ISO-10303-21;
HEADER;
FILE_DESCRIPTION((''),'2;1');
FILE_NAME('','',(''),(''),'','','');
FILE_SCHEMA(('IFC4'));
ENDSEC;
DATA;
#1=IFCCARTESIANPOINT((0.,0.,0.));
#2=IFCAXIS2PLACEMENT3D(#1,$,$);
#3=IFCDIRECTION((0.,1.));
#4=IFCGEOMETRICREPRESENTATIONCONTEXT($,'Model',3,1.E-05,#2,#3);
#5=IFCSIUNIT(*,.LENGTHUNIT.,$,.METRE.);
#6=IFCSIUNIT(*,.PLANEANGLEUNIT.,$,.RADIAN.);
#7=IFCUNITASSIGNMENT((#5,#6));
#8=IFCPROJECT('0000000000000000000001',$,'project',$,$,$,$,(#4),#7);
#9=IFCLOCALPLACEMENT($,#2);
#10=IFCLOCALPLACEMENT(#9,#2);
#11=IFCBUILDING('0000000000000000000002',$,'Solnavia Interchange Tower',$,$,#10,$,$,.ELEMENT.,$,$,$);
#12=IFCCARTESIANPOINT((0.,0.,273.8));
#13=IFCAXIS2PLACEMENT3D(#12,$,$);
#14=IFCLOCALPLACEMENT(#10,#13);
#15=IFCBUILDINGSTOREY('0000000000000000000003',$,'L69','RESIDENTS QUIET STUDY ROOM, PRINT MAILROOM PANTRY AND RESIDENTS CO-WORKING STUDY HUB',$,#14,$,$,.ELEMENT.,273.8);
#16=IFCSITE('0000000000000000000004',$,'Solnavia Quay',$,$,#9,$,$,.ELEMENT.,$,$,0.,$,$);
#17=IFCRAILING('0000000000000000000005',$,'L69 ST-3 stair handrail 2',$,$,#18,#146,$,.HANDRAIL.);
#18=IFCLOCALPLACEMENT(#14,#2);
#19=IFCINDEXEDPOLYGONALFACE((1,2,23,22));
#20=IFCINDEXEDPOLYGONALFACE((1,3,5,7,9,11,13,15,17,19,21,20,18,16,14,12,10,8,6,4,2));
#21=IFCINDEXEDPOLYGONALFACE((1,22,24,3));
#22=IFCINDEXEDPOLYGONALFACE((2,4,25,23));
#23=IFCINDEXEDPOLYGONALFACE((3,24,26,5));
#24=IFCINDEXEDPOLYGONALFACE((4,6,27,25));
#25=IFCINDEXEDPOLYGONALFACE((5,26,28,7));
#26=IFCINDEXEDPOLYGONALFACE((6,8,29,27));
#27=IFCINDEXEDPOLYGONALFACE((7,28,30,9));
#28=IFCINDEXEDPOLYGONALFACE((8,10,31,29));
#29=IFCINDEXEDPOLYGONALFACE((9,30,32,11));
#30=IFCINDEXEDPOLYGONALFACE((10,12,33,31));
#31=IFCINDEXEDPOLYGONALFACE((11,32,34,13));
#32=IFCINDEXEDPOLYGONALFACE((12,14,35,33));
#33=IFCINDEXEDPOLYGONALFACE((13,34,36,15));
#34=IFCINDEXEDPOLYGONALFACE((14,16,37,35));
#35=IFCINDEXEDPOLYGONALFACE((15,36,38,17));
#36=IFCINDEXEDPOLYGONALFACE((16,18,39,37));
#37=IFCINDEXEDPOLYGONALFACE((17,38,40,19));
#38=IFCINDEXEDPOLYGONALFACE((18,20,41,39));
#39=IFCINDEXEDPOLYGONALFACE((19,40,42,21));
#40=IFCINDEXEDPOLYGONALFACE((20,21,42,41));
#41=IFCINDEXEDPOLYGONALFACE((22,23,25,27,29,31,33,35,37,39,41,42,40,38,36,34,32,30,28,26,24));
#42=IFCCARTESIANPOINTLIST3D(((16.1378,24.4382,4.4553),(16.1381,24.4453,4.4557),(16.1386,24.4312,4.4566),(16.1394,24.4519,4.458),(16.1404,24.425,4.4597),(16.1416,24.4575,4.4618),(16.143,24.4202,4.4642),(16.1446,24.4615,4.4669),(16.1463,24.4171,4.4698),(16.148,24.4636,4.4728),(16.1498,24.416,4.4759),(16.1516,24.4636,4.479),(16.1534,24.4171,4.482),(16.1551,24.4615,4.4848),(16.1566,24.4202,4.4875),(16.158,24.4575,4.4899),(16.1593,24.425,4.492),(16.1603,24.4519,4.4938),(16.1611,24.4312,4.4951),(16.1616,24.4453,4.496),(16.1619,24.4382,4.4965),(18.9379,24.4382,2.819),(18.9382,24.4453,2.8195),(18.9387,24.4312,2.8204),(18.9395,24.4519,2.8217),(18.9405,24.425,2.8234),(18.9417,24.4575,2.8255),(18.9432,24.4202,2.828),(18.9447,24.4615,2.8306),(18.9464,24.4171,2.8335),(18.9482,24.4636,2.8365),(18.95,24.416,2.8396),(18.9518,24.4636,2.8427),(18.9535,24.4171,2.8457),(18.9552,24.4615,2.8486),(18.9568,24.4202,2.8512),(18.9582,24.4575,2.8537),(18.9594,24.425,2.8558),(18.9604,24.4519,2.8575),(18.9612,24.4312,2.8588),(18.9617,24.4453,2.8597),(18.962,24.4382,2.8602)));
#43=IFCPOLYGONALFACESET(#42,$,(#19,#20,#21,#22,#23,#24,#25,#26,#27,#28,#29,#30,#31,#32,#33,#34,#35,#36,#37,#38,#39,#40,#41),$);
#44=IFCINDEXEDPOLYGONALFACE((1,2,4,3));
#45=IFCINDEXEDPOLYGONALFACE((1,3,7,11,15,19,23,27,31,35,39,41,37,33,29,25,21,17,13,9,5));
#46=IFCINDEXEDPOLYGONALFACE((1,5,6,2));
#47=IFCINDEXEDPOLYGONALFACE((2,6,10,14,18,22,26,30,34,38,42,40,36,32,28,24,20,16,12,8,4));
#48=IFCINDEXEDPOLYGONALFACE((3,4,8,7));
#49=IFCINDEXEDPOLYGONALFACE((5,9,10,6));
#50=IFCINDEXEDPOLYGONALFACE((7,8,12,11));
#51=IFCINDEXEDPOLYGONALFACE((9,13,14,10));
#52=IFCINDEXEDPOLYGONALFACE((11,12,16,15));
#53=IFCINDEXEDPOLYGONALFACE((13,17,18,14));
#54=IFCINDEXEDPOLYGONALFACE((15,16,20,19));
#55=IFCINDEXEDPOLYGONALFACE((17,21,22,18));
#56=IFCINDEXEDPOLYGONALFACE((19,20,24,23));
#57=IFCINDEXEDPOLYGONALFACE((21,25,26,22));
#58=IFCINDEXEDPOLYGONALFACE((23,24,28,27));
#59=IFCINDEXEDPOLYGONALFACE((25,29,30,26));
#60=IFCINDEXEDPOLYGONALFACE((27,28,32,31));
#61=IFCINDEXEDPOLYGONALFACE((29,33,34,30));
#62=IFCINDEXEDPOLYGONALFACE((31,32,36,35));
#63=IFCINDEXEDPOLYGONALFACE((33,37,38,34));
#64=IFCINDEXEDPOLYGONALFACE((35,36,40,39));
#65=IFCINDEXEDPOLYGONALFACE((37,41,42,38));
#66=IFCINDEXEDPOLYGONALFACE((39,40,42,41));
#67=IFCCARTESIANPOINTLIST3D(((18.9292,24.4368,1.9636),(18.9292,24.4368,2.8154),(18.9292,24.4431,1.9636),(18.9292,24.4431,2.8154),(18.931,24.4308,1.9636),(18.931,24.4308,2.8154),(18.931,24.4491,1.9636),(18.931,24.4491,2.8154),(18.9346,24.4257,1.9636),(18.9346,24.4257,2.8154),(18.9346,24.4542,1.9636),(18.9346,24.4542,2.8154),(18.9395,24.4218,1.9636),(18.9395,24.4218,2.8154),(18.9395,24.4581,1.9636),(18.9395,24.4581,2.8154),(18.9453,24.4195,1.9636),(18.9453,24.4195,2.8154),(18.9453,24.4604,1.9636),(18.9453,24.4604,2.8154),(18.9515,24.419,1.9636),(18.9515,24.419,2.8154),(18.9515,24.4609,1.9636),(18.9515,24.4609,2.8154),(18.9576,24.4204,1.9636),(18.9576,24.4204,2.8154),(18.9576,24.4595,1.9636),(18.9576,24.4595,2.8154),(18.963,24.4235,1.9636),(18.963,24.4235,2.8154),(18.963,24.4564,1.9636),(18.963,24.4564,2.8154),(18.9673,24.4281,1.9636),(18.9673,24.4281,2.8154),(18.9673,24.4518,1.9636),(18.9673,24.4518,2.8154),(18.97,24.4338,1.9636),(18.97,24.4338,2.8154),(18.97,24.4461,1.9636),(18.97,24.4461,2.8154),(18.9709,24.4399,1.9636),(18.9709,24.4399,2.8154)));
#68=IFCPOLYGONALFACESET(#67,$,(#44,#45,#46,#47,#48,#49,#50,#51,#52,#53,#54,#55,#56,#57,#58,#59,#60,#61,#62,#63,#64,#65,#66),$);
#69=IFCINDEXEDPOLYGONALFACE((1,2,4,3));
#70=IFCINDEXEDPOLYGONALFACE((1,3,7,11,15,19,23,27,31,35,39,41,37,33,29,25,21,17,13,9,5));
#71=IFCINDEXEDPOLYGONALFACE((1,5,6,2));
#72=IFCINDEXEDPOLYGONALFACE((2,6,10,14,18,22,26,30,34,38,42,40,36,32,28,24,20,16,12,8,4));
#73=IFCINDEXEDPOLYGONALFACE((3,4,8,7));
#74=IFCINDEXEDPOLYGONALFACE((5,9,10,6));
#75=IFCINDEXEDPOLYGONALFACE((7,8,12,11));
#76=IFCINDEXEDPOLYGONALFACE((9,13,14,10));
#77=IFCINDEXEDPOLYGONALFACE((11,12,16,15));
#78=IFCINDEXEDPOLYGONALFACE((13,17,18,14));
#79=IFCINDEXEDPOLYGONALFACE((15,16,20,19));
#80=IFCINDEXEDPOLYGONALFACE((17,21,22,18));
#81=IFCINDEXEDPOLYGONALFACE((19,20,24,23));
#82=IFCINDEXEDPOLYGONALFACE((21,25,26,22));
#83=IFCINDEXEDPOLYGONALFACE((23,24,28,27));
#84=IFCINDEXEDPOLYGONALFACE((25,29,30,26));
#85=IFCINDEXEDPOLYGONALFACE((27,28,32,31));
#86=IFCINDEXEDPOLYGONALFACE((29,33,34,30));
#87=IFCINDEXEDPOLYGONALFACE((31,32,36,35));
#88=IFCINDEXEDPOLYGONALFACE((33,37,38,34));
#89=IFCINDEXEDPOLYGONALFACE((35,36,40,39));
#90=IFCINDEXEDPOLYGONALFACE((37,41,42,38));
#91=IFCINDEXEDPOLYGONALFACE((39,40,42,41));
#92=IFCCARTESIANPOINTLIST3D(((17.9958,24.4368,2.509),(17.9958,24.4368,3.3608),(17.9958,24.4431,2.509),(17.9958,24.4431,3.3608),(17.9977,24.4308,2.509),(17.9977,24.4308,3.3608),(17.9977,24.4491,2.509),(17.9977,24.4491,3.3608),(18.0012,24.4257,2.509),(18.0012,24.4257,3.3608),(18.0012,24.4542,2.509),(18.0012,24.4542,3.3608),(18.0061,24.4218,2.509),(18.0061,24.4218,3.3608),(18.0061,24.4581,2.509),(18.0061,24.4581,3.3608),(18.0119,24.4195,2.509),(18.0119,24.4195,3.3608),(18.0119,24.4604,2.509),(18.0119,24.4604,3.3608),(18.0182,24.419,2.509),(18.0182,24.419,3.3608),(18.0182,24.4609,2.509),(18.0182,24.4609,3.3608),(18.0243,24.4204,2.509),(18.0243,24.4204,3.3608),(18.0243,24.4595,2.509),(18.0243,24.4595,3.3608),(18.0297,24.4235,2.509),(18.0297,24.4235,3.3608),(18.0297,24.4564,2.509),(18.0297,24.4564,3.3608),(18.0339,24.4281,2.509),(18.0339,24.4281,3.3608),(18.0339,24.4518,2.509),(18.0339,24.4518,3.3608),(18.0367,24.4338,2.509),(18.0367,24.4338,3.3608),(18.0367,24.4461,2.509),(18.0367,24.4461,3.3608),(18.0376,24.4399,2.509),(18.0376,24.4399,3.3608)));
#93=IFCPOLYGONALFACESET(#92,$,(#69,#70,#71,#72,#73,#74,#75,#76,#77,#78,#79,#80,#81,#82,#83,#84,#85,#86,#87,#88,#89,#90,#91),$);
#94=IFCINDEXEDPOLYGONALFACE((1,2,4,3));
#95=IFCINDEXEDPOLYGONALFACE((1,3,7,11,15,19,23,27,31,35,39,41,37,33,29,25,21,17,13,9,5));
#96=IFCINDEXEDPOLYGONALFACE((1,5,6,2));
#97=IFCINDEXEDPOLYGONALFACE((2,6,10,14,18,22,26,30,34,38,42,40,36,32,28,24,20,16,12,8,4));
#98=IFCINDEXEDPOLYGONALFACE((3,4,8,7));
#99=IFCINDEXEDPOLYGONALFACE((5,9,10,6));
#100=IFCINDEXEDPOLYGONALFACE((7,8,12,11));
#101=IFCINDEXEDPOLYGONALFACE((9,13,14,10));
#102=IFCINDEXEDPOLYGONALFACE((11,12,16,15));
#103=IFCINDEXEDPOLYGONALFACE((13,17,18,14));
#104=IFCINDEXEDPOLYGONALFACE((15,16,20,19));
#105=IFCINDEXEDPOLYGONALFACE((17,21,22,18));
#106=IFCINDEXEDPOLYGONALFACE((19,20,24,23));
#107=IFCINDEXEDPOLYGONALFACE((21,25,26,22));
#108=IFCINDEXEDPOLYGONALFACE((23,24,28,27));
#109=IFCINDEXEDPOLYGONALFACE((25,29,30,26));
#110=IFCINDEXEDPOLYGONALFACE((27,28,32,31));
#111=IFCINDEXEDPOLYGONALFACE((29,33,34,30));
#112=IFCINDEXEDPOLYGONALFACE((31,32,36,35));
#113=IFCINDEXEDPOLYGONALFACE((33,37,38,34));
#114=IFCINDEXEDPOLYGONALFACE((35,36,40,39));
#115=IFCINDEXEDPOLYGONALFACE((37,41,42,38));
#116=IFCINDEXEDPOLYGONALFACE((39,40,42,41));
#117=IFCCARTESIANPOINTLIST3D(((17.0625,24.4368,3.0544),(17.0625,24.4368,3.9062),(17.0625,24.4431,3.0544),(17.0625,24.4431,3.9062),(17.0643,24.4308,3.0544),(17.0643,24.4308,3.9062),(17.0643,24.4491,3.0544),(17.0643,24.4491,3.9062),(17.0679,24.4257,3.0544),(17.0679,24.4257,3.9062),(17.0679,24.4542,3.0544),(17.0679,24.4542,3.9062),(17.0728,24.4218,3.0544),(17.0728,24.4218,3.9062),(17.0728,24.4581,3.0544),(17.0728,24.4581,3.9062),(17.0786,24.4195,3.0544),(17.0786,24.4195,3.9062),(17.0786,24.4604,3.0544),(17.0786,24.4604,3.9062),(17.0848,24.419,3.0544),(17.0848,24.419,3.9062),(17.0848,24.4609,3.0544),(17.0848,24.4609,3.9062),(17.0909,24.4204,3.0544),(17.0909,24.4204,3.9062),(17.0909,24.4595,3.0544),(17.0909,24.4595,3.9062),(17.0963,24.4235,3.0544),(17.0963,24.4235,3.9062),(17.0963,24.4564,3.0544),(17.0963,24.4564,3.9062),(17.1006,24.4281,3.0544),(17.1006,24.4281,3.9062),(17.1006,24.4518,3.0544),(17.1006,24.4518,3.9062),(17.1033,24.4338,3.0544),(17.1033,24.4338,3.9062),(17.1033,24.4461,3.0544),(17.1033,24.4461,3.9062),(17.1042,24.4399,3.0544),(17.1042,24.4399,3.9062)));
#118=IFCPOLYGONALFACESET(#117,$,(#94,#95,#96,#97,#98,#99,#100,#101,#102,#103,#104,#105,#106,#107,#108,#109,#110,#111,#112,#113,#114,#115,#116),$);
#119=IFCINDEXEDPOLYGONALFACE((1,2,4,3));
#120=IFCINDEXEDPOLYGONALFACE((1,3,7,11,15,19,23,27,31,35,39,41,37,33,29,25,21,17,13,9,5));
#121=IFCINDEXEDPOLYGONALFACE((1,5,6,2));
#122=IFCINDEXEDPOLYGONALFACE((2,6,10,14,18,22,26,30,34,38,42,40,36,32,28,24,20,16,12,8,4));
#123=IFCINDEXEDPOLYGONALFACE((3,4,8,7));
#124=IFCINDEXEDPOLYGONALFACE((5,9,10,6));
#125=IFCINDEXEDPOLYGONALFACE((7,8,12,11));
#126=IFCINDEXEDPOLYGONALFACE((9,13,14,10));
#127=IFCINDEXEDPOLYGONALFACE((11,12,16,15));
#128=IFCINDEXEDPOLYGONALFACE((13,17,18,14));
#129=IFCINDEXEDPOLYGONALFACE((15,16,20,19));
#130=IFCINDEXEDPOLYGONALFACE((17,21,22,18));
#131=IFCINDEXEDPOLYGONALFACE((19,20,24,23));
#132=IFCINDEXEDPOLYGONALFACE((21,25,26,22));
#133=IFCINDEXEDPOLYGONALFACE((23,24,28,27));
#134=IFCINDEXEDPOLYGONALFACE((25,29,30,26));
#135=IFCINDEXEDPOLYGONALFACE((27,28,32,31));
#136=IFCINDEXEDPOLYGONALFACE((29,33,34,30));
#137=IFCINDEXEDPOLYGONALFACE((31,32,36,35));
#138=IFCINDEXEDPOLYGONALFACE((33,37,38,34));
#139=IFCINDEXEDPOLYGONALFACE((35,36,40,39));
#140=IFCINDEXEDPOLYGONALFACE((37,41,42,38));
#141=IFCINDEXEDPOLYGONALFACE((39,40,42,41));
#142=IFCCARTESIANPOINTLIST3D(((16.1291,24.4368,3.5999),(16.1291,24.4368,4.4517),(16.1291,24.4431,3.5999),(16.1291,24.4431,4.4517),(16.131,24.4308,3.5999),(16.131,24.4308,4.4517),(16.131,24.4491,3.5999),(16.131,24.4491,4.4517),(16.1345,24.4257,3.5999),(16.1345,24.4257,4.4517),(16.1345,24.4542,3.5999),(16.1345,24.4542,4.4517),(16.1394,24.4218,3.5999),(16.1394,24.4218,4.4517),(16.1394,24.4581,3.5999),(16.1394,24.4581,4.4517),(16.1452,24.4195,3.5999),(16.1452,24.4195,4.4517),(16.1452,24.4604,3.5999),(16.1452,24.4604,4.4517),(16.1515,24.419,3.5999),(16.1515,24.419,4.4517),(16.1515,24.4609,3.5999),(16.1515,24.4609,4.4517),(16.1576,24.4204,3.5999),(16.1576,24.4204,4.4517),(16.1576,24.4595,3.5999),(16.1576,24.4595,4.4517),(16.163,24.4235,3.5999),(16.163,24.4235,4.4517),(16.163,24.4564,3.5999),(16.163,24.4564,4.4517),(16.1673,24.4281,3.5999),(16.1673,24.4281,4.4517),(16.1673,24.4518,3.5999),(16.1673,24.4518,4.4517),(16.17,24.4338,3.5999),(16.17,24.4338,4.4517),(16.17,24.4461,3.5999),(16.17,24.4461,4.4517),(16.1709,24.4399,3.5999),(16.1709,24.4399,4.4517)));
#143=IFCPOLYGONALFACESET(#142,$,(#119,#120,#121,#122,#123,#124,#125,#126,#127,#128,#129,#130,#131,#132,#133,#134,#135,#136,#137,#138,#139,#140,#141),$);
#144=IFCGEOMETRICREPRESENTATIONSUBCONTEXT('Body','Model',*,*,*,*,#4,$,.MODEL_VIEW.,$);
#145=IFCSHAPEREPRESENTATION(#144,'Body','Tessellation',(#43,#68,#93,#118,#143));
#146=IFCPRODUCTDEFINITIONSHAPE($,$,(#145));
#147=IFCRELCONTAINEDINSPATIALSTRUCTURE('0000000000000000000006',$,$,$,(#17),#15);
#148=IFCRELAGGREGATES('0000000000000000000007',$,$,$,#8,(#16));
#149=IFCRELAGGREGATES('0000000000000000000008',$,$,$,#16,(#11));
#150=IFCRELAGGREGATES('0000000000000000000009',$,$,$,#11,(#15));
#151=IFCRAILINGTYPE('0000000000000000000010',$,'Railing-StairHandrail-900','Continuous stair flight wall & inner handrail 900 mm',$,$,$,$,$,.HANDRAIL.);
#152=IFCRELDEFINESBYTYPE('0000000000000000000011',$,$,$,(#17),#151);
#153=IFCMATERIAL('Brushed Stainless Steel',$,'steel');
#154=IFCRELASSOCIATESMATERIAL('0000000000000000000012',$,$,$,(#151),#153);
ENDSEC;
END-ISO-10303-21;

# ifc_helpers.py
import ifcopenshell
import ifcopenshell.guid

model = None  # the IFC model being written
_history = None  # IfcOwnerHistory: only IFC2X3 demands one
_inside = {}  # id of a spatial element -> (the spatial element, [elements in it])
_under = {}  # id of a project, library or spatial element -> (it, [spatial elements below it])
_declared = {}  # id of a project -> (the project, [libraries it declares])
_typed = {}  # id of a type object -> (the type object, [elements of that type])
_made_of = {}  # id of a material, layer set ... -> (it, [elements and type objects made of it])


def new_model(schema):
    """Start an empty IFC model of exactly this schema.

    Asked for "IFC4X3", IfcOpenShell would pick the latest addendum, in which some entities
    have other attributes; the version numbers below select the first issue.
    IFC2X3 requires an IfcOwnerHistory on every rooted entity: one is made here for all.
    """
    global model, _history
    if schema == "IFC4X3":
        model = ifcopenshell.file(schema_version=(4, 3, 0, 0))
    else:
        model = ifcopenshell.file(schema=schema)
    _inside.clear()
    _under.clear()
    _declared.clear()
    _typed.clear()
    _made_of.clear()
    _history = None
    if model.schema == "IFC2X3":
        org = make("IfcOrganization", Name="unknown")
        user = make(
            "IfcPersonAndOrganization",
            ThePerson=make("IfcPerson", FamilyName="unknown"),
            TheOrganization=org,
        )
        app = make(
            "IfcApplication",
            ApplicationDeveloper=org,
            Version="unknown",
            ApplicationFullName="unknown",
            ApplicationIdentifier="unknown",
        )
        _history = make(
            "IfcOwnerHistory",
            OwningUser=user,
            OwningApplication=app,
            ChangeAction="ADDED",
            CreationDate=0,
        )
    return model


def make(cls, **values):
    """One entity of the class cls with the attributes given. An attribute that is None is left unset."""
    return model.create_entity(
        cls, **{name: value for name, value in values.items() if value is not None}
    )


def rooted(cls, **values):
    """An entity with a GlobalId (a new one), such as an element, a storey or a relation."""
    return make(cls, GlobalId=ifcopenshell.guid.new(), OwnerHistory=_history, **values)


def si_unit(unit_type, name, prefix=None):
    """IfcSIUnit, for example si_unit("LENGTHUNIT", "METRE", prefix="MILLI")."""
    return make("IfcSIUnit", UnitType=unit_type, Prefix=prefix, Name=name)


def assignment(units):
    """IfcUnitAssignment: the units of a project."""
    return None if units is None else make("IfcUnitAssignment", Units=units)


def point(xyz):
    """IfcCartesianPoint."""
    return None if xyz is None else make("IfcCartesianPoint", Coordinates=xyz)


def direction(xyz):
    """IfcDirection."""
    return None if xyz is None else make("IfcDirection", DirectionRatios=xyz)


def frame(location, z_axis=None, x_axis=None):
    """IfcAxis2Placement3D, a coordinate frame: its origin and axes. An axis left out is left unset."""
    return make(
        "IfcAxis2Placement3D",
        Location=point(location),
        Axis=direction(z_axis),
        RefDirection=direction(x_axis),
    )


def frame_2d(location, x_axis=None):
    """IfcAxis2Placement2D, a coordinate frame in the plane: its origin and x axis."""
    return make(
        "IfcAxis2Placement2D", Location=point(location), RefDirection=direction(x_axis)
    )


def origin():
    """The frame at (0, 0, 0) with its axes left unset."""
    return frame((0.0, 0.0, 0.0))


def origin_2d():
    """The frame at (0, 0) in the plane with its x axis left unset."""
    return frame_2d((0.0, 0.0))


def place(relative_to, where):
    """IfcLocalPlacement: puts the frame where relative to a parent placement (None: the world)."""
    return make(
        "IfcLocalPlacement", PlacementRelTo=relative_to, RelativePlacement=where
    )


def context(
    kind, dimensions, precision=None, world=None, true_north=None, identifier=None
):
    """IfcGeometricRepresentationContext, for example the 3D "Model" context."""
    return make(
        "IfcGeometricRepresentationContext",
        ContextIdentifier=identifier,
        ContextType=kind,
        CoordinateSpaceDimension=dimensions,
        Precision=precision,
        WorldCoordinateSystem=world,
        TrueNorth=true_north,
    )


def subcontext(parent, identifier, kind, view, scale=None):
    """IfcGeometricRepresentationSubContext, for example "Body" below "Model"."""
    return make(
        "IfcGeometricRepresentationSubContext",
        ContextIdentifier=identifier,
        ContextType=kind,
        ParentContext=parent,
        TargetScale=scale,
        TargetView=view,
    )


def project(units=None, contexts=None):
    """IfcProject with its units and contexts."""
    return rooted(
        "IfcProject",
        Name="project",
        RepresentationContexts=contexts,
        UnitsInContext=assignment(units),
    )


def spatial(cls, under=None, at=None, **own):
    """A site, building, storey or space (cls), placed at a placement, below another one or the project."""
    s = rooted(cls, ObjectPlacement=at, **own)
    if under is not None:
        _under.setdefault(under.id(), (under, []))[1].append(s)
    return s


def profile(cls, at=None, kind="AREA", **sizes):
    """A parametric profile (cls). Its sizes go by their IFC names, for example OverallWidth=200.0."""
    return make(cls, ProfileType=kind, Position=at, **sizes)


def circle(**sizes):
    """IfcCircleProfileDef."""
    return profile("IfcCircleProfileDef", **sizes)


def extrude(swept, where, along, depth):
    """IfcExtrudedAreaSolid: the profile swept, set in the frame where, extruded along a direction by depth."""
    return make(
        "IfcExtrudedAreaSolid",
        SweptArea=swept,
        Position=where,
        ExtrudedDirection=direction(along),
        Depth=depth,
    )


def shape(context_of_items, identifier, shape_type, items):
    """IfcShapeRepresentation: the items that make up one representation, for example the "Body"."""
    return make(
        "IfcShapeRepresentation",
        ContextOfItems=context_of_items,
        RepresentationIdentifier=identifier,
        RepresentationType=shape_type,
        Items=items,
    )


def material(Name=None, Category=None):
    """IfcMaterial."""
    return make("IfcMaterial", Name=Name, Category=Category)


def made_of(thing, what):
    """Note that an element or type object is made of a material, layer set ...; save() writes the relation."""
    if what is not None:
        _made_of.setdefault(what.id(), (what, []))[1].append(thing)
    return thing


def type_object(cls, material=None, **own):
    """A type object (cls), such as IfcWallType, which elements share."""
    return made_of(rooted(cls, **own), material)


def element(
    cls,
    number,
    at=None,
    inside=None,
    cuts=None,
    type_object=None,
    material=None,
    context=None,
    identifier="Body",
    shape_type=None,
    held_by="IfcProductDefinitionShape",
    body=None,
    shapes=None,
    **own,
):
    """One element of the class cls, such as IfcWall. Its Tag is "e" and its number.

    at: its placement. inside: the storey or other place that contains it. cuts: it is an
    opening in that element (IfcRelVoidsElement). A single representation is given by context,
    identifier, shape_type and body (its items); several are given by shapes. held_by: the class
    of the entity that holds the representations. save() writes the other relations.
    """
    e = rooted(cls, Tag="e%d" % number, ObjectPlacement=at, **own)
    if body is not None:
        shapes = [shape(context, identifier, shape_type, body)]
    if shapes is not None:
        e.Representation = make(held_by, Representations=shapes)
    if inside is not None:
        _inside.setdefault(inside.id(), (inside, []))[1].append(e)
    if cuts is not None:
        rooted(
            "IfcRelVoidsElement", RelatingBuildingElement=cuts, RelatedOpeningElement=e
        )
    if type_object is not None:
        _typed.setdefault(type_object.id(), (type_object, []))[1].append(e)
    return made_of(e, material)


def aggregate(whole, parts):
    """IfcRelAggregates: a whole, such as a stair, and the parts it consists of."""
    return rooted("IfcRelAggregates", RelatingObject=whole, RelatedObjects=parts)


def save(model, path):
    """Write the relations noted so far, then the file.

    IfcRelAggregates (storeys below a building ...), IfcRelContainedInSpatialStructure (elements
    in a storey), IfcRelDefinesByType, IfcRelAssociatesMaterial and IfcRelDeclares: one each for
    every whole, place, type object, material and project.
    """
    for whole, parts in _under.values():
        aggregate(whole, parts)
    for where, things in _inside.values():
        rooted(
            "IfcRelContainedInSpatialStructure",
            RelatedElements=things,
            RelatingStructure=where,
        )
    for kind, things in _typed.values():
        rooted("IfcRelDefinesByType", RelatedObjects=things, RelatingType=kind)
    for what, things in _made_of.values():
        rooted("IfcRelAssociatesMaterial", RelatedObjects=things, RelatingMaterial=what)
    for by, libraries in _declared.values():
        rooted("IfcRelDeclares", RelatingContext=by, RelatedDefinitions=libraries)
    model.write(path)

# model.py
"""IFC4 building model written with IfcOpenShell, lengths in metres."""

from ifc_helpers import new_model, si_unit, direction, frame, origin, origin_2d, place, context, subcontext, project, spatial, circle, extrude, material, type_object, element, save


model = new_model("IFC4")

# Units and contexts
model_context = context("Model", 3, precision=1e-05, world=origin(), true_north=direction((0.0, 1.0)))
body_context = subcontext(model_context, "Body", "Model", "MODEL_VIEW")
ifc_project = project(units=[si_unit("LENGTHUNIT", "METRE"), si_unit("PLANEANGLEUNIT", "RADIAN")], contexts=[model_context])

# Site, building, storey
site_placement = place(None, origin())
site = spatial("IfcSite", under=ifc_project, at=site_placement, Name="Solnavia Quay", CompositionType="ELEMENT", RefElevation=0.0)
building_placement = place(site_placement, origin())
building = spatial("IfcBuilding", under=site, at=building_placement, Name="Solnavia Interchange Tower", CompositionType="ELEMENT")
storey_placement = place(building_placement, frame((0.0, 0.0, 273.8)))
storey = spatial("IfcBuildingStorey", under=building, at=storey_placement, Name="L69", Description="RESIDENTS QUIET STUDY ROOM, PRINT MAILROOM PANTRY AND RESIDENTS CO-WORKING STUDY HUB", CompositionType="ELEMENT", Elevation=273.8)

# Railing
ifc_material_1 = material(Name="Brushed Stainless Steel", Category="steel")
railing_type_1 = type_object("IfcRailingType", Name="Railing-StairHandrail-900", Description="Continuous stair flight wall & inner handrail 900 mm", PredefinedType="HANDRAIL", material=ifc_material_1)
railing_1_placement = place(storey_placement, frame((18.95, 24.4399, 1.9636)))
element("IfcRailing", 1, at=railing_1_placement, inside=storey, type_object=railing_type_1, Name="L69 ST-3 stair handrail 2", PredefinedType="HANDRAIL", context=body_context, shape_type="SweptSolid", body=[
    extrude(circle(Radius=0.0239, at=origin_2d()), frame((0.0, 0.0, 0.876), z_axis=(-0.863394, 0.0, 0.504531), x_axis=(0.0, -1.0, 0.0)), (0.0, 0.0, 1.0), 3.2432),
    extrude(circle(Radius=0.021, at=origin_2d()), origin(), (0.0, 0.0, 1.0), 0.8518),
    extrude(circle(Radius=0.021, at=origin_2d()), frame((-0.9333, 0.0, 0.5454)), (0.0, 0.0, 1.0), 0.8518),
    extrude(circle(Radius=0.021, at=origin_2d()), frame((-1.8667, 0.0, 1.0908)), (0.0, 0.0, 1.0), 0.8518),
    extrude(circle(Radius=0.021, at=origin_2d()), frame((-2.8, 0.0, 1.6362)), (0.0, 0.0, 1.0), 0.8518),
])

save(model, "model.ifc")
